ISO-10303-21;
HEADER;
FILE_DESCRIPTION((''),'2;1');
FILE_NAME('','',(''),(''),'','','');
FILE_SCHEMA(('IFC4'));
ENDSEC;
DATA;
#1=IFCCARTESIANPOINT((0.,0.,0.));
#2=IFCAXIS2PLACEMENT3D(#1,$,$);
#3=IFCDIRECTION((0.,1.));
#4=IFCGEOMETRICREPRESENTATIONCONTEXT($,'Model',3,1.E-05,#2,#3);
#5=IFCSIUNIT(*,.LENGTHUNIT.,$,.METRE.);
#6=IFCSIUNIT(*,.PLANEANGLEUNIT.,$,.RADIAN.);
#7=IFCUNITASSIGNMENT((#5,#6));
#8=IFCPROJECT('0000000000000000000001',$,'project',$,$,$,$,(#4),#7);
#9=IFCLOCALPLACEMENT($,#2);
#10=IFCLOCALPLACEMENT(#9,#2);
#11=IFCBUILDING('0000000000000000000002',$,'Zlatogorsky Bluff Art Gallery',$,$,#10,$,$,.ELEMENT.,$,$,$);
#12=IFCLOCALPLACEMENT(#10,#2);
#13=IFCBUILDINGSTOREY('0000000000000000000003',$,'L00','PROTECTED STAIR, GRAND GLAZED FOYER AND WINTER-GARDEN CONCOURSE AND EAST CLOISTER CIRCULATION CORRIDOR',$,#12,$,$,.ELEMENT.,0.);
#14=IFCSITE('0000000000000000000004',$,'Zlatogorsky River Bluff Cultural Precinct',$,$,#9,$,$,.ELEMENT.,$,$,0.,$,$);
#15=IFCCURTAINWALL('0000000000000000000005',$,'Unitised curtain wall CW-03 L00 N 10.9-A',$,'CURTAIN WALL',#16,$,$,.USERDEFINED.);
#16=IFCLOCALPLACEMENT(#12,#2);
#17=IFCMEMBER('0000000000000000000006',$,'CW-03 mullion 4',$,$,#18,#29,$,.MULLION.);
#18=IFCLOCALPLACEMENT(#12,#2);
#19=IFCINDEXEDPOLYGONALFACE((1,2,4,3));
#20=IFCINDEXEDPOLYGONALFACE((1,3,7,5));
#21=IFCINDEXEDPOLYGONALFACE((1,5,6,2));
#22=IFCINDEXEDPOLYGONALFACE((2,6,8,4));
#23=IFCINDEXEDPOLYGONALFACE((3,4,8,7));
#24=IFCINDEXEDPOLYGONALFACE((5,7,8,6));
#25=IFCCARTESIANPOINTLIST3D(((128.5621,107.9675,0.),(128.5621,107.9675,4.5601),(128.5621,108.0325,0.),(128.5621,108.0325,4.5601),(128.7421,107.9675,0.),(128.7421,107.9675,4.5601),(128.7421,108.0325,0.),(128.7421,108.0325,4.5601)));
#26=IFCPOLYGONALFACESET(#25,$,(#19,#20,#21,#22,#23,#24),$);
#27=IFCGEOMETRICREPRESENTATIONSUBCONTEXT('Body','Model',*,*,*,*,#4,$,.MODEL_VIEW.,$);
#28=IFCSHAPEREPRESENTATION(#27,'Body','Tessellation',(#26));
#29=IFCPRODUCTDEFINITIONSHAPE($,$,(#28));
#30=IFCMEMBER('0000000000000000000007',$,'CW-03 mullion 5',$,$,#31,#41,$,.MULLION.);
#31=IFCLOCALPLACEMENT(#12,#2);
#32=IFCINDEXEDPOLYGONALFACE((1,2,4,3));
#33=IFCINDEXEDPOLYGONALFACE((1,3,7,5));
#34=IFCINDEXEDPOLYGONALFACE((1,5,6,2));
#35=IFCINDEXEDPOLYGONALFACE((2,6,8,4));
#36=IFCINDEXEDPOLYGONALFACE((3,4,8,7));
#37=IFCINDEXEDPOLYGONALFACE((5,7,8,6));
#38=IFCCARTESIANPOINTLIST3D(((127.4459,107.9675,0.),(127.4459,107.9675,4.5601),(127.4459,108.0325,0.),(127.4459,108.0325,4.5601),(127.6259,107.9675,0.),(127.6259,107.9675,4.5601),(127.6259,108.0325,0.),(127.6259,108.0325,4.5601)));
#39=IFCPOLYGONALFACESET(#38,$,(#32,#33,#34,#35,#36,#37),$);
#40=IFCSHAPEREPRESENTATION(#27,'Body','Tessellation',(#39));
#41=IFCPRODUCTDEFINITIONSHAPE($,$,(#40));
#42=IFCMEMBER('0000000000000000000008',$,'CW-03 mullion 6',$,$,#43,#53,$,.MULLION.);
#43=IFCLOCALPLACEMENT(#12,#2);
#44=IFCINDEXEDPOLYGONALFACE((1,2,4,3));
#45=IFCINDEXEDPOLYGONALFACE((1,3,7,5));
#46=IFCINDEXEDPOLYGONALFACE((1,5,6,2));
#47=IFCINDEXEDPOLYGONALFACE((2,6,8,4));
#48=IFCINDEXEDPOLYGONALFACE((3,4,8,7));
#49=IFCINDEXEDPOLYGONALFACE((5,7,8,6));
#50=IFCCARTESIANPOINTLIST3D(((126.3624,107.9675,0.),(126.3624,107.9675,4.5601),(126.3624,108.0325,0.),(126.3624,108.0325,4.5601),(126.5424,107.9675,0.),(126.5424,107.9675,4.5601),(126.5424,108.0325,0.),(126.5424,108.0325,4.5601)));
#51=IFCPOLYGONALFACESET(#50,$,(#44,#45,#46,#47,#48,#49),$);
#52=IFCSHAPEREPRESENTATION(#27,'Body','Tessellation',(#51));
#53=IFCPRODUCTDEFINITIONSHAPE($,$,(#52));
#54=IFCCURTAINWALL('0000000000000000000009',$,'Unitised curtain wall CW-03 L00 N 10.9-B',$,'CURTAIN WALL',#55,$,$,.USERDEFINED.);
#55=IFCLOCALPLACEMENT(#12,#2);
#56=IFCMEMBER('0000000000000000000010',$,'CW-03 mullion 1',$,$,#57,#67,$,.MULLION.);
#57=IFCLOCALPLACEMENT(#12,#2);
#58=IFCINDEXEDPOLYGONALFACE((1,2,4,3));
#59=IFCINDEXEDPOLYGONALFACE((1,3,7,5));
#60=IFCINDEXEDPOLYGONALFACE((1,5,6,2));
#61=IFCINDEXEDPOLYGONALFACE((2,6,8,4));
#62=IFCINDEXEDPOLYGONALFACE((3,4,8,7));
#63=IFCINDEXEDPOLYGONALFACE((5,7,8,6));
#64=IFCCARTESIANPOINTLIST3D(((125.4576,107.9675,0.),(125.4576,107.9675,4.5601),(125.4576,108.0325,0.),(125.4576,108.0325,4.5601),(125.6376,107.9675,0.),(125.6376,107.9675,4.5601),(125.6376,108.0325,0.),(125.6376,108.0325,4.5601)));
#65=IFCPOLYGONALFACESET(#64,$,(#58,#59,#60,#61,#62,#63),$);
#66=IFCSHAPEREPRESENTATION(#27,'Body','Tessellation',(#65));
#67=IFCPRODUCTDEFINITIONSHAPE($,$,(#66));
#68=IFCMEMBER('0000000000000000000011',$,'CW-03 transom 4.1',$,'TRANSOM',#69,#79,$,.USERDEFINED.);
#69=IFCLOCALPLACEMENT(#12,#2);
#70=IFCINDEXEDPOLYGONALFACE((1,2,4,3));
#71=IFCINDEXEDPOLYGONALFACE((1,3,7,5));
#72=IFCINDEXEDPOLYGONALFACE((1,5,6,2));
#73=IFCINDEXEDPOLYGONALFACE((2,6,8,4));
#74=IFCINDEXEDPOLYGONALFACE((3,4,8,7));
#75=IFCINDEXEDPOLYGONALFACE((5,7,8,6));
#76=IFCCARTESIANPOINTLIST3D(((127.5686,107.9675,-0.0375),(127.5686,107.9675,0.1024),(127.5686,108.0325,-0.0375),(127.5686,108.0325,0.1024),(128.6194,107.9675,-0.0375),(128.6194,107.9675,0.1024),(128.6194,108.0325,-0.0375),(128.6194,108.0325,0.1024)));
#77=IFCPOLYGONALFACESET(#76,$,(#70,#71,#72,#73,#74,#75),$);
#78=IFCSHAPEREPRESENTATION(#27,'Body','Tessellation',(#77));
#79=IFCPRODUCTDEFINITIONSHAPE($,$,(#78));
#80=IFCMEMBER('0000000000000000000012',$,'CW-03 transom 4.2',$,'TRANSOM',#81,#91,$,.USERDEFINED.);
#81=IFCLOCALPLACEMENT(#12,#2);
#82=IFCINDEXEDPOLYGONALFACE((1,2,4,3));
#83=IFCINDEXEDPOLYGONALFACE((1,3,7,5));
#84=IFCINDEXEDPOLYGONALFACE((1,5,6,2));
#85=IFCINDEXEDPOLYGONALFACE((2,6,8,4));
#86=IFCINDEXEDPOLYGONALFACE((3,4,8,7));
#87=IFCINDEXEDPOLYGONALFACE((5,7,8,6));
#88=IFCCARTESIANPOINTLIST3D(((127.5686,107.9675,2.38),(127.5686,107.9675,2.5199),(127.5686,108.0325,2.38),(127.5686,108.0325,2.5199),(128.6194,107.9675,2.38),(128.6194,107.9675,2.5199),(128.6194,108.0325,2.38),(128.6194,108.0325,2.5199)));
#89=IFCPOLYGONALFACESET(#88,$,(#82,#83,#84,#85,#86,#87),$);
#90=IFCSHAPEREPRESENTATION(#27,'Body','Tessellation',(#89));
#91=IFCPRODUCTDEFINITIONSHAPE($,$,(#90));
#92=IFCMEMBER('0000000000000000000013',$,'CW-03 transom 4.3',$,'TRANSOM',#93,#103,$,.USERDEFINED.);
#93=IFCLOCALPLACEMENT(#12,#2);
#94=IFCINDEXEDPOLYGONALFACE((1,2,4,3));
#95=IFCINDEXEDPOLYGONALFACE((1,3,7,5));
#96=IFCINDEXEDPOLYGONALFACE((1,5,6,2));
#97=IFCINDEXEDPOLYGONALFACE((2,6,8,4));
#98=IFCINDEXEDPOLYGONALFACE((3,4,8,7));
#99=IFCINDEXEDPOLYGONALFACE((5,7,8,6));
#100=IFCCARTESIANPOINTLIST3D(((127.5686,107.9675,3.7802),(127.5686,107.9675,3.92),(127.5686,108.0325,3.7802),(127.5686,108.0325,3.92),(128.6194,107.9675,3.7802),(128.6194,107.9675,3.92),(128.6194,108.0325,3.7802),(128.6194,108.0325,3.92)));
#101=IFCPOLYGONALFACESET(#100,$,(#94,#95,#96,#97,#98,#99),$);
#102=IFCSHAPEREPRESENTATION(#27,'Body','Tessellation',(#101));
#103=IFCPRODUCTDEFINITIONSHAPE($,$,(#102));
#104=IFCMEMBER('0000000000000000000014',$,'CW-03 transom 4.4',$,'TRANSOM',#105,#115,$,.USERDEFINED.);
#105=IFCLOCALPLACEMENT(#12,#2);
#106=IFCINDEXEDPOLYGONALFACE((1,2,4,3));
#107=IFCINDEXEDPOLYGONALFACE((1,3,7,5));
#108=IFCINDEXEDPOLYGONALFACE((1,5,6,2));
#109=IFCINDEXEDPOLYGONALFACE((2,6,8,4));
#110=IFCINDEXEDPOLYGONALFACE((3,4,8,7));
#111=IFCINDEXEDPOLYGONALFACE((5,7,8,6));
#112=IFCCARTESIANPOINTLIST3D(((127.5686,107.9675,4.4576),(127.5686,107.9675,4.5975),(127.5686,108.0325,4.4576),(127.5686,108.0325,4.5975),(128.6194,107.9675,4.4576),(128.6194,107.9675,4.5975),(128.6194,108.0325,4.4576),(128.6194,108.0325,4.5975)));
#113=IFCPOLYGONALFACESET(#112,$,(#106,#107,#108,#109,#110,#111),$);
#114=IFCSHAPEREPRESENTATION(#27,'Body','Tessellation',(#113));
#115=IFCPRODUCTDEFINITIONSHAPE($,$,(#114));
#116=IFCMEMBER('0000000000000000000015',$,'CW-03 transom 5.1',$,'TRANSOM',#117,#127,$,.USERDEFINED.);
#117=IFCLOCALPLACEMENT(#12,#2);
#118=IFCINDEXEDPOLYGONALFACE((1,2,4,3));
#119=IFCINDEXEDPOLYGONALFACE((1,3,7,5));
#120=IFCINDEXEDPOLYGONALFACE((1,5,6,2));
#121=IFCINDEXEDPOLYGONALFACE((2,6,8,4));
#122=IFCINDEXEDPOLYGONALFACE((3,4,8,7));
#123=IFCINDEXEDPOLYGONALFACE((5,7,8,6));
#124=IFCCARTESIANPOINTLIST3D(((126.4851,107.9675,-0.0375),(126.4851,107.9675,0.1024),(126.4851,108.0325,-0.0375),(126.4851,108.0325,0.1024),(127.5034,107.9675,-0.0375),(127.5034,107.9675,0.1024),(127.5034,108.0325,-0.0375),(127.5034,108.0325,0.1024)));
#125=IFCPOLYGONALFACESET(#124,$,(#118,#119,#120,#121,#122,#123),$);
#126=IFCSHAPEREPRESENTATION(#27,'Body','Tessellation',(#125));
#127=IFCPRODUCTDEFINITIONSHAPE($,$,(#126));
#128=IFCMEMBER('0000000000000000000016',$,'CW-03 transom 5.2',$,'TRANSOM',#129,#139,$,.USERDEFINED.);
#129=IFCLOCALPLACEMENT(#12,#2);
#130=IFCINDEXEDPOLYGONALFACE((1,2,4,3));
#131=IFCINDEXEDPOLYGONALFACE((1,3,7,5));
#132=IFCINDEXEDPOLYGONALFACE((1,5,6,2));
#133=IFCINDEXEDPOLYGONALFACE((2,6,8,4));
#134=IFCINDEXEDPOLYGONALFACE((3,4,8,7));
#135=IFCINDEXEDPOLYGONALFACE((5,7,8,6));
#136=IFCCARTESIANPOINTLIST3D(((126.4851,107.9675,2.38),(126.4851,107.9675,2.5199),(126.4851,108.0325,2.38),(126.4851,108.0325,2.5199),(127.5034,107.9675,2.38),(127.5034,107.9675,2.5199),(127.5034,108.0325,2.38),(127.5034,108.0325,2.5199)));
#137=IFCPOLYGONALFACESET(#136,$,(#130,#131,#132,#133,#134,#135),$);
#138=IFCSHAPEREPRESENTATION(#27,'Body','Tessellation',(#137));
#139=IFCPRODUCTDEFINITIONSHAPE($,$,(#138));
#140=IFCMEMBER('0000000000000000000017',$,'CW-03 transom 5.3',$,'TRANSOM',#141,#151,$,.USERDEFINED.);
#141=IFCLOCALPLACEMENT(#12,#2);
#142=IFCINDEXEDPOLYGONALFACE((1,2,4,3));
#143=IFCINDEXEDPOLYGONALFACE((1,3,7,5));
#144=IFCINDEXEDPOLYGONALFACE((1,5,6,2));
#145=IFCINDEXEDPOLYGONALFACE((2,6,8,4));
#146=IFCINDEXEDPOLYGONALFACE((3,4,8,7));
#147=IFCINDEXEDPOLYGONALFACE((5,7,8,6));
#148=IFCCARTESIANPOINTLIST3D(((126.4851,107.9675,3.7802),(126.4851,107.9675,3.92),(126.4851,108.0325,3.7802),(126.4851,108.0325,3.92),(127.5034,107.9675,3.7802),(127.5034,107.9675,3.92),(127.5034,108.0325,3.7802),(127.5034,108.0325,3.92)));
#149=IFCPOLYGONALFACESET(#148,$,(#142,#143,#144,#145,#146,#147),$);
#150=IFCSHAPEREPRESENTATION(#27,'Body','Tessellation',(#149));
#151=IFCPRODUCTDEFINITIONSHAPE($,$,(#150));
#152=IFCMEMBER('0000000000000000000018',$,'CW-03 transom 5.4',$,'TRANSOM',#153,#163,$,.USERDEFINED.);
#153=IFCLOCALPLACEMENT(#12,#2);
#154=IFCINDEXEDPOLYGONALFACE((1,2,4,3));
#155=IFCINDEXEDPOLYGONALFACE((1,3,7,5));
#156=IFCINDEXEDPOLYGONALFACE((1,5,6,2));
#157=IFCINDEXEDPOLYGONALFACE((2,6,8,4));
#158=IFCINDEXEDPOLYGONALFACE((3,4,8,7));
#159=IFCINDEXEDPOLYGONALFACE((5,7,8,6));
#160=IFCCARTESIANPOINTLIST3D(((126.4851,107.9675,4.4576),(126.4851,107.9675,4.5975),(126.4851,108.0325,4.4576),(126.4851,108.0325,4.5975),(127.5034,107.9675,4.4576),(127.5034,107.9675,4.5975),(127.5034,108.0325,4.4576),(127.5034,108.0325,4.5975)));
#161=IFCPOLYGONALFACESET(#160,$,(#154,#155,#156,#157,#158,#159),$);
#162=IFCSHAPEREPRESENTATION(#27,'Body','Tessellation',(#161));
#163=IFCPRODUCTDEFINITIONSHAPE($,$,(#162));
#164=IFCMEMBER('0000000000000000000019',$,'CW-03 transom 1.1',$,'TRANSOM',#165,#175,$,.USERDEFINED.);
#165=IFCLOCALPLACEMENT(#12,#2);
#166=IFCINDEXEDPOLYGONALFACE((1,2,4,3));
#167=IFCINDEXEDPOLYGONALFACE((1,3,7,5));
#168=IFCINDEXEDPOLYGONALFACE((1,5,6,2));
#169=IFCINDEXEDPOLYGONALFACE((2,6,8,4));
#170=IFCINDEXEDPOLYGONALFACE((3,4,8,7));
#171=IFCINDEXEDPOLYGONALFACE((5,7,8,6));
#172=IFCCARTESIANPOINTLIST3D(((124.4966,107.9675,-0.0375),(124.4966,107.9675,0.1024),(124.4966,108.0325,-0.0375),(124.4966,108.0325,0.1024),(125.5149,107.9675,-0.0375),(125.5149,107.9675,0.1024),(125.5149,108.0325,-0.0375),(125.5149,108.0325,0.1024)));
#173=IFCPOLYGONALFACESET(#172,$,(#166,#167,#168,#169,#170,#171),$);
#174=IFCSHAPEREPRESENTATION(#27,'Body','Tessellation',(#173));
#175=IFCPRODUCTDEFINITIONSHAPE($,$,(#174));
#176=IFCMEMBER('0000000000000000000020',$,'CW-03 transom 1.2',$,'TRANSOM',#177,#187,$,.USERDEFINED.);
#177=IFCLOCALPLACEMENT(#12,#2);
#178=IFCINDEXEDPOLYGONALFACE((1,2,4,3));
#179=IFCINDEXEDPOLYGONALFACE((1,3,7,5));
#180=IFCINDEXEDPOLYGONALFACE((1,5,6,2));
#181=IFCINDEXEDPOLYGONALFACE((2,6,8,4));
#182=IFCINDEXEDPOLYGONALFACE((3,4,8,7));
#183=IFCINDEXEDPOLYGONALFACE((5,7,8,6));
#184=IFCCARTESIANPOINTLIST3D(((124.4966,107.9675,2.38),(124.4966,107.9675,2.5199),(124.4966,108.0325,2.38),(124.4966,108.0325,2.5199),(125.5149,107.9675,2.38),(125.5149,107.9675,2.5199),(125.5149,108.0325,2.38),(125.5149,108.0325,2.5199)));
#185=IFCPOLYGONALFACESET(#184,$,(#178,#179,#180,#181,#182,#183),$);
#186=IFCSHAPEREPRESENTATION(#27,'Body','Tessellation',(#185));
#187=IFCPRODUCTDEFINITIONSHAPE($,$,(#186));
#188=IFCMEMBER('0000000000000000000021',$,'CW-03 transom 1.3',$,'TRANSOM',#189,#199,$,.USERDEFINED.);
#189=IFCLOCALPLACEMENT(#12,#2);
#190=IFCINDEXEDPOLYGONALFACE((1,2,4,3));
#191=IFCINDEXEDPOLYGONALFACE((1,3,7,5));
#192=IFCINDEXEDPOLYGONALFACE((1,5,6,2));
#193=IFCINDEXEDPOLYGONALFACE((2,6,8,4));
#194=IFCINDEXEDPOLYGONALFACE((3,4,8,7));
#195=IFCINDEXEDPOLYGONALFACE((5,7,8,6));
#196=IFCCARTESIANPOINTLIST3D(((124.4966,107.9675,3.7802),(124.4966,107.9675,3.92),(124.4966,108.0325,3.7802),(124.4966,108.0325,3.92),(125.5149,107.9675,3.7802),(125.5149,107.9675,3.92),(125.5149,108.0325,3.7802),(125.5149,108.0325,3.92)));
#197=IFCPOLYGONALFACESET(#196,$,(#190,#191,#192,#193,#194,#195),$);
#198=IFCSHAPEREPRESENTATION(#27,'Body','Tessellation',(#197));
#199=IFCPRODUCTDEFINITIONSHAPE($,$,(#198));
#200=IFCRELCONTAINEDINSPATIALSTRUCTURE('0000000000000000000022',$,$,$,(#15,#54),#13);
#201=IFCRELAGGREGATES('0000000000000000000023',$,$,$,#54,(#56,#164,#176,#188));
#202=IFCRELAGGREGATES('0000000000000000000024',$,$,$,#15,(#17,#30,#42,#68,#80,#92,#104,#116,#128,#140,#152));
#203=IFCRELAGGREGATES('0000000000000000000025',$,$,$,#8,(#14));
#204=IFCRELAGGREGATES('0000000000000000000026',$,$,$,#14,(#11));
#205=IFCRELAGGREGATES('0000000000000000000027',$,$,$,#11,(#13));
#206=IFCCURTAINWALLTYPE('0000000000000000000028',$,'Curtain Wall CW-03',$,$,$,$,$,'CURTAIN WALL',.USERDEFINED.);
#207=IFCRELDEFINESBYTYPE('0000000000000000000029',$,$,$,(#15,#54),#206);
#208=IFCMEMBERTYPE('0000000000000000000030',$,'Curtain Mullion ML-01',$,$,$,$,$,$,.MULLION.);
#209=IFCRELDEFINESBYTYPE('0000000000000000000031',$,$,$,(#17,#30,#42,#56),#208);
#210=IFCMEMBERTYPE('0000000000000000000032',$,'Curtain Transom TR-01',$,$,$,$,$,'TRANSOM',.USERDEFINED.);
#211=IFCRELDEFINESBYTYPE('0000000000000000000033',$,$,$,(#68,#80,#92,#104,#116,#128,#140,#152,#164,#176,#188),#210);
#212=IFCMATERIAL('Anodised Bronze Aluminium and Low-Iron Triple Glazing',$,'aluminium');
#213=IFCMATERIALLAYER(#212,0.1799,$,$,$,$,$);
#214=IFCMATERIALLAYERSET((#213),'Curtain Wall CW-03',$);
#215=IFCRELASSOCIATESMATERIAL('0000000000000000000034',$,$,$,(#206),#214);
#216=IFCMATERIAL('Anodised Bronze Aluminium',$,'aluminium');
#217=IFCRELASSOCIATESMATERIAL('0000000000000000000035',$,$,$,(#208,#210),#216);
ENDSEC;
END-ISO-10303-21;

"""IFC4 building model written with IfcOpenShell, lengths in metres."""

from ifc_helpers import new_model, si_unit, direction, frame, origin, origin_2d, place, context, subcontext, project, spatial, rectangle, extrude, material, layer, layer_set, material_profile, profile_set, type_object, element, aggregate, save


model = new_model("IFC4")

# Units and contexts
model_context = context("Model", 3, precision=1e-05, world=origin(), true_north=direction((0.0, 1.0)))
body_context = subcontext(model_context, "Body", "Model", "MODEL_VIEW")
ifc_project = project(units=[si_unit("LENGTHUNIT", "METRE"), si_unit("PLANEANGLEUNIT", "RADIAN")], contexts=[model_context])

# Site, building, storey
site_placement = place(None, origin())
site = spatial("IfcSite", under=ifc_project, at=site_placement, Name="Zlatogorsky River Bluff Cultural Precinct", CompositionType="ELEMENT", RefElevation=0.0)
building_placement = place(site_placement, origin())
building = spatial("IfcBuilding", under=site, at=building_placement, Name="Zlatogorsky Bluff Art Gallery", CompositionType="ELEMENT")
storey_placement = place(building_placement, origin())
storey = spatial("IfcBuildingStorey", under=building, at=storey_placement, Name="L00", Description="PROTECTED STAIR, GRAND GLAZED FOYER AND WINTER-GARDEN CONCOURSE AND EAST CLOISTER CIRCULATION CORRIDOR", CompositionType="ELEMENT", Elevation=0.0)

# Curtain wall, members
ifc_material_1 = material(Name="Anodised Bronze Aluminium and Low-Iron Triple Glazing", Category="aluminium")
ifc_layer_1 = layer(ifc_material_1, 0.1799)
ifc_layer_set_1 = layer_set([ifc_layer_1], Name="Curtain Wall CW-03")
curtain_wall_type = type_object("IfcCurtainWallType", Name="Curtain Wall CW-03", ElementType="CURTAIN WALL", PredefinedType="USERDEFINED", material=ifc_layer_set_1)
curtain_wall_1_placement = place(storey_placement, origin())
curtain_wall_1 = element("IfcCurtainWall", 1, at=curtain_wall_1_placement, inside=storey, type_object=curtain_wall_type, Name="Unitised curtain wall CW-03 L00 N 10.9-A", ObjectType="CURTAIN WALL", PredefinedType="USERDEFINED")
ifc_material_2 = material(Name="Anodised Bronze Aluminium", Category="aluminium")
ifc_material_profile_1 = material_profile(ifc_material_2, rectangle(XDim=0.0649, YDim=0.1799, at=origin_2d()), Name="ALU MULLION 65x180")
ifc_profile_set_1 = profile_set([ifc_material_profile_1], Name="Anodised Bronze Aluminium")
member_type_1 = type_object("IfcMemberType", Name="Curtain Mullion ML-01", PredefinedType="MULLION", material=ifc_profile_set_1)
member_1_placement = place(storey_placement, frame((128.6521, 108.0, 0.0), z_axis=(0.0, 0.0, 1.0), x_axis=(0.0, -1.0, 0.0)))
member_1 = element("IfcMember", 2, at=member_1_placement, type_object=member_type_1, Name="CW-03 mullion 4", PredefinedType="MULLION", context=body_context, shape_type="SweptSolid", body=[
    extrude(rectangle(XDim=0.0649, YDim=0.1799, at=origin_2d()), origin(), (0.0, 0.0, 1.0), 4.5601),
])
member_2_placement = place(storey_placement, frame((127.5359, 108.0, 0.0), z_axis=(0.0, 0.0, 1.0), x_axis=(0.0, -1.0, 0.0)))
member_2 = element("IfcMember", 3, at=member_2_placement, type_object=member_type_1, Name="CW-03 mullion 5", PredefinedType="MULLION", context=body_context, shape_type="SweptSolid", body=[
    extrude(rectangle(XDim=0.0649, YDim=0.1799, at=origin_2d()), origin(), (0.0, 0.0, 1.0), 4.5601),
])
member_3_placement = place(storey_placement, frame((126.4524, 108.0, 0.0), z_axis=(0.0, 0.0, 1.0), x_axis=(0.0, -1.0, 0.0)))
member_3 = element("IfcMember", 4, at=member_3_placement, type_object=member_type_1, Name="CW-03 mullion 6", PredefinedType="MULLION", context=body_context, shape_type="SweptSolid", body=[
    extrude(rectangle(XDim=0.0649, YDim=0.1799, at=origin_2d()), origin(), (0.0, 0.0, 1.0), 4.5601),
])

# Curtain wall, member
curtain_wall_2_placement = place(storey_placement, origin())
curtain_wall_2 = element("IfcCurtainWall", 5, at=curtain_wall_2_placement, inside=storey, type_object=curtain_wall_type, Name="Unitised curtain wall CW-03 L00 N 10.9-B", ObjectType="CURTAIN WALL", PredefinedType="USERDEFINED")
member_4_placement = place(storey_placement, frame((125.5476, 108.0, 0.0), z_axis=(0.0, 0.0, 1.0), x_axis=(0.0, -1.0, 0.0)))
member_4 = element("IfcMember", 6, at=member_4_placement, type_object=member_type_1, Name="CW-03 mullion 1", PredefinedType="MULLION", context=body_context, shape_type="SweptSolid", body=[
    extrude(rectangle(XDim=0.0649, YDim=0.1799, at=origin_2d()), origin(), (0.0, 0.0, 1.0), 4.5601),
])

# Members
ifc_material_profile_2 = material_profile(ifc_material_2, rectangle(XDim=0.0649, YDim=0.1399, at=origin_2d()), Name="ALU TRANSOM 65x140")
ifc_profile_set_2 = profile_set([ifc_material_profile_2], Name="Anodised Bronze Aluminium")
member_type_2 = type_object("IfcMemberType", Name="Curtain Transom TR-01", ElementType="TRANSOM", PredefinedType="USERDEFINED", material=ifc_profile_set_2)
member_5_placement = place(storey_placement, frame((128.6194, 108.0, 0.0325), z_axis=(-1.0, 0.0, 0.0), x_axis=(0.0, -1.0, 0.0)))
member_5 = element("IfcMember", 7, at=member_5_placement, type_object=member_type_2, Name="CW-03 transom 4.1", ObjectType="TRANSOM", PredefinedType="USERDEFINED", context=body_context, shape_type="SweptSolid", body=[
    extrude(rectangle(XDim=0.0649, YDim=0.1399, at=origin_2d()), origin(), (0.0, 0.0, 1.0), 1.0508),
])
member_6_placement = place(storey_placement, frame((128.6194, 108.0, 2.45), z_axis=(-1.0, 0.0, 0.0), x_axis=(0.0, -1.0, 0.0)))
member_6 = element("IfcMember", 8, at=member_6_placement, type_object=member_type_2, Name="CW-03 transom 4.2", ObjectType="TRANSOM", PredefinedType="USERDEFINED", context=body_context, shape_type="SweptSolid", body=[
    extrude(rectangle(XDim=0.0649, YDim=0.1399, at=origin_2d()), origin(), (0.0, 0.0, 1.0), 1.0508),
])
member_7_placement = place(storey_placement, frame((128.6194, 108.0, 3.8501), z_axis=(-1.0, 0.0, 0.0), x_axis=(0.0, -1.0, 0.0)))
member_7 = element("IfcMember", 9, at=member_7_placement, type_object=member_type_2, Name="CW-03 transom 4.3", ObjectType="TRANSOM", PredefinedType="USERDEFINED", context=body_context, shape_type="SweptSolid", body=[
    extrude(rectangle(XDim=0.0649, YDim=0.1399, at=origin_2d()), origin(), (0.0, 0.0, 1.0), 1.0508),
])
member_8_placement = place(storey_placement, frame((128.6194, 108.0, 4.5276), z_axis=(-1.0, 0.0, 0.0), x_axis=(0.0, -1.0, 0.0)))
member_8 = element("IfcMember", 10, at=member_8_placement, type_object=member_type_2, Name="CW-03 transom 4.4", ObjectType="TRANSOM", PredefinedType="USERDEFINED", context=body_context, shape_type="SweptSolid", body=[
    extrude(rectangle(XDim=0.0649, YDim=0.1399, at=origin_2d()), origin(), (0.0, 0.0, 1.0), 1.0508),
])
member_9_placement = place(storey_placement, frame((127.5034, 108.0, 0.0325), z_axis=(-1.0, 0.0, 0.0), x_axis=(0.0, -1.0, 0.0)))
member_9 = element("IfcMember", 11, at=member_9_placement, type_object=member_type_2, Name="CW-03 transom 5.1", ObjectType="TRANSOM", PredefinedType="USERDEFINED", context=body_context, shape_type="SweptSolid", body=[
    extrude(rectangle(XDim=0.0649, YDim=0.1399, at=origin_2d()), origin(), (0.0, 0.0, 1.0), 1.0183),
])
member_10_placement = place(storey_placement, frame((127.5034, 108.0, 2.45), z_axis=(-1.0, 0.0, 0.0), x_axis=(0.0, -1.0, 0.0)))
member_10 = element("IfcMember", 12, at=member_10_placement, type_object=member_type_2, Name="CW-03 transom 5.2", ObjectType="TRANSOM", PredefinedType="USERDEFINED", context=body_context, shape_type="SweptSolid", body=[
    extrude(rectangle(XDim=0.0649, YDim=0.1399, at=origin_2d()), origin(), (0.0, 0.0, 1.0), 1.0183),
])
member_11_placement = place(storey_placement, frame((127.5034, 108.0, 3.8501), z_axis=(-1.0, 0.0, 0.0), x_axis=(0.0, -1.0, 0.0)))
member_11 = element("IfcMember", 13, at=member_11_placement, type_object=member_type_2, Name="CW-03 transom 5.3", ObjectType="TRANSOM", PredefinedType="USERDEFINED", context=body_context, shape_type="SweptSolid", body=[
    extrude(rectangle(XDim=0.0649, YDim=0.1399, at=origin_2d()), origin(), (0.0, 0.0, 1.0), 1.0183),
])
member_12_placement = place(storey_placement, frame((127.5034, 108.0, 4.5276), z_axis=(-1.0, 0.0, 0.0), x_axis=(0.0, -1.0, 0.0)))
member_12 = element("IfcMember", 14, at=member_12_placement, type_object=member_type_2, Name="CW-03 transom 5.4", ObjectType="TRANSOM", PredefinedType="USERDEFINED", context=body_context, shape_type="SweptSolid", body=[
    extrude(rectangle(XDim=0.0649, YDim=0.1399, at=origin_2d()), origin(), (0.0, 0.0, 1.0), 1.0183),
])
member_13_placement = place(storey_placement, frame((125.5149, 108.0, 0.0325), z_axis=(-1.0, 0.0, 0.0), x_axis=(0.0, -1.0, 0.0)))
member_13 = element("IfcMember", 15, at=member_13_placement, type_object=member_type_2, Name="CW-03 transom 1.1", ObjectType="TRANSOM", PredefinedType="USERDEFINED", context=body_context, shape_type="SweptSolid", body=[
    extrude(rectangle(XDim=0.0649, YDim=0.1399, at=origin_2d()), origin(), (0.0, 0.0, 1.0), 1.0183),
])
member_14_placement = place(storey_placement, frame((125.5149, 108.0, 2.45), z_axis=(-1.0, 0.0, 0.0), x_axis=(0.0, -1.0, 0.0)))
member_14 = element("IfcMember", 16, at=member_14_placement, type_object=member_type_2, Name="CW-03 transom 1.2", ObjectType="TRANSOM", PredefinedType="USERDEFINED", context=body_context, shape_type="SweptSolid", body=[
    extrude(rectangle(XDim=0.0649, YDim=0.1399, at=origin_2d()), origin(), (0.0, 0.0, 1.0), 1.0183),
])
member_15_placement = place(storey_placement, frame((125.5149, 108.0, 3.8501), z_axis=(-1.0, 0.0, 0.0), x_axis=(0.0, -1.0, 0.0)))
member_15 = element("IfcMember", 17, at=member_15_placement, type_object=member_type_2, Name="CW-03 transom 1.3", ObjectType="TRANSOM", PredefinedType="USERDEFINED", context=body_context, shape_type="SweptSolid", body=[
    extrude(rectangle(XDim=0.0649, YDim=0.1399, at=origin_2d()), origin(), (0.0, 0.0, 1.0), 1.0183),
])
aggregate(curtain_wall_2, [member_4, member_13, member_14, member_15])

aggregate(curtain_wall_1, [member_1, member_2, member_3, member_5, member_6, member_7, member_8, member_9, member_10, member_11, member_12])

save(model, "model.ifc")
